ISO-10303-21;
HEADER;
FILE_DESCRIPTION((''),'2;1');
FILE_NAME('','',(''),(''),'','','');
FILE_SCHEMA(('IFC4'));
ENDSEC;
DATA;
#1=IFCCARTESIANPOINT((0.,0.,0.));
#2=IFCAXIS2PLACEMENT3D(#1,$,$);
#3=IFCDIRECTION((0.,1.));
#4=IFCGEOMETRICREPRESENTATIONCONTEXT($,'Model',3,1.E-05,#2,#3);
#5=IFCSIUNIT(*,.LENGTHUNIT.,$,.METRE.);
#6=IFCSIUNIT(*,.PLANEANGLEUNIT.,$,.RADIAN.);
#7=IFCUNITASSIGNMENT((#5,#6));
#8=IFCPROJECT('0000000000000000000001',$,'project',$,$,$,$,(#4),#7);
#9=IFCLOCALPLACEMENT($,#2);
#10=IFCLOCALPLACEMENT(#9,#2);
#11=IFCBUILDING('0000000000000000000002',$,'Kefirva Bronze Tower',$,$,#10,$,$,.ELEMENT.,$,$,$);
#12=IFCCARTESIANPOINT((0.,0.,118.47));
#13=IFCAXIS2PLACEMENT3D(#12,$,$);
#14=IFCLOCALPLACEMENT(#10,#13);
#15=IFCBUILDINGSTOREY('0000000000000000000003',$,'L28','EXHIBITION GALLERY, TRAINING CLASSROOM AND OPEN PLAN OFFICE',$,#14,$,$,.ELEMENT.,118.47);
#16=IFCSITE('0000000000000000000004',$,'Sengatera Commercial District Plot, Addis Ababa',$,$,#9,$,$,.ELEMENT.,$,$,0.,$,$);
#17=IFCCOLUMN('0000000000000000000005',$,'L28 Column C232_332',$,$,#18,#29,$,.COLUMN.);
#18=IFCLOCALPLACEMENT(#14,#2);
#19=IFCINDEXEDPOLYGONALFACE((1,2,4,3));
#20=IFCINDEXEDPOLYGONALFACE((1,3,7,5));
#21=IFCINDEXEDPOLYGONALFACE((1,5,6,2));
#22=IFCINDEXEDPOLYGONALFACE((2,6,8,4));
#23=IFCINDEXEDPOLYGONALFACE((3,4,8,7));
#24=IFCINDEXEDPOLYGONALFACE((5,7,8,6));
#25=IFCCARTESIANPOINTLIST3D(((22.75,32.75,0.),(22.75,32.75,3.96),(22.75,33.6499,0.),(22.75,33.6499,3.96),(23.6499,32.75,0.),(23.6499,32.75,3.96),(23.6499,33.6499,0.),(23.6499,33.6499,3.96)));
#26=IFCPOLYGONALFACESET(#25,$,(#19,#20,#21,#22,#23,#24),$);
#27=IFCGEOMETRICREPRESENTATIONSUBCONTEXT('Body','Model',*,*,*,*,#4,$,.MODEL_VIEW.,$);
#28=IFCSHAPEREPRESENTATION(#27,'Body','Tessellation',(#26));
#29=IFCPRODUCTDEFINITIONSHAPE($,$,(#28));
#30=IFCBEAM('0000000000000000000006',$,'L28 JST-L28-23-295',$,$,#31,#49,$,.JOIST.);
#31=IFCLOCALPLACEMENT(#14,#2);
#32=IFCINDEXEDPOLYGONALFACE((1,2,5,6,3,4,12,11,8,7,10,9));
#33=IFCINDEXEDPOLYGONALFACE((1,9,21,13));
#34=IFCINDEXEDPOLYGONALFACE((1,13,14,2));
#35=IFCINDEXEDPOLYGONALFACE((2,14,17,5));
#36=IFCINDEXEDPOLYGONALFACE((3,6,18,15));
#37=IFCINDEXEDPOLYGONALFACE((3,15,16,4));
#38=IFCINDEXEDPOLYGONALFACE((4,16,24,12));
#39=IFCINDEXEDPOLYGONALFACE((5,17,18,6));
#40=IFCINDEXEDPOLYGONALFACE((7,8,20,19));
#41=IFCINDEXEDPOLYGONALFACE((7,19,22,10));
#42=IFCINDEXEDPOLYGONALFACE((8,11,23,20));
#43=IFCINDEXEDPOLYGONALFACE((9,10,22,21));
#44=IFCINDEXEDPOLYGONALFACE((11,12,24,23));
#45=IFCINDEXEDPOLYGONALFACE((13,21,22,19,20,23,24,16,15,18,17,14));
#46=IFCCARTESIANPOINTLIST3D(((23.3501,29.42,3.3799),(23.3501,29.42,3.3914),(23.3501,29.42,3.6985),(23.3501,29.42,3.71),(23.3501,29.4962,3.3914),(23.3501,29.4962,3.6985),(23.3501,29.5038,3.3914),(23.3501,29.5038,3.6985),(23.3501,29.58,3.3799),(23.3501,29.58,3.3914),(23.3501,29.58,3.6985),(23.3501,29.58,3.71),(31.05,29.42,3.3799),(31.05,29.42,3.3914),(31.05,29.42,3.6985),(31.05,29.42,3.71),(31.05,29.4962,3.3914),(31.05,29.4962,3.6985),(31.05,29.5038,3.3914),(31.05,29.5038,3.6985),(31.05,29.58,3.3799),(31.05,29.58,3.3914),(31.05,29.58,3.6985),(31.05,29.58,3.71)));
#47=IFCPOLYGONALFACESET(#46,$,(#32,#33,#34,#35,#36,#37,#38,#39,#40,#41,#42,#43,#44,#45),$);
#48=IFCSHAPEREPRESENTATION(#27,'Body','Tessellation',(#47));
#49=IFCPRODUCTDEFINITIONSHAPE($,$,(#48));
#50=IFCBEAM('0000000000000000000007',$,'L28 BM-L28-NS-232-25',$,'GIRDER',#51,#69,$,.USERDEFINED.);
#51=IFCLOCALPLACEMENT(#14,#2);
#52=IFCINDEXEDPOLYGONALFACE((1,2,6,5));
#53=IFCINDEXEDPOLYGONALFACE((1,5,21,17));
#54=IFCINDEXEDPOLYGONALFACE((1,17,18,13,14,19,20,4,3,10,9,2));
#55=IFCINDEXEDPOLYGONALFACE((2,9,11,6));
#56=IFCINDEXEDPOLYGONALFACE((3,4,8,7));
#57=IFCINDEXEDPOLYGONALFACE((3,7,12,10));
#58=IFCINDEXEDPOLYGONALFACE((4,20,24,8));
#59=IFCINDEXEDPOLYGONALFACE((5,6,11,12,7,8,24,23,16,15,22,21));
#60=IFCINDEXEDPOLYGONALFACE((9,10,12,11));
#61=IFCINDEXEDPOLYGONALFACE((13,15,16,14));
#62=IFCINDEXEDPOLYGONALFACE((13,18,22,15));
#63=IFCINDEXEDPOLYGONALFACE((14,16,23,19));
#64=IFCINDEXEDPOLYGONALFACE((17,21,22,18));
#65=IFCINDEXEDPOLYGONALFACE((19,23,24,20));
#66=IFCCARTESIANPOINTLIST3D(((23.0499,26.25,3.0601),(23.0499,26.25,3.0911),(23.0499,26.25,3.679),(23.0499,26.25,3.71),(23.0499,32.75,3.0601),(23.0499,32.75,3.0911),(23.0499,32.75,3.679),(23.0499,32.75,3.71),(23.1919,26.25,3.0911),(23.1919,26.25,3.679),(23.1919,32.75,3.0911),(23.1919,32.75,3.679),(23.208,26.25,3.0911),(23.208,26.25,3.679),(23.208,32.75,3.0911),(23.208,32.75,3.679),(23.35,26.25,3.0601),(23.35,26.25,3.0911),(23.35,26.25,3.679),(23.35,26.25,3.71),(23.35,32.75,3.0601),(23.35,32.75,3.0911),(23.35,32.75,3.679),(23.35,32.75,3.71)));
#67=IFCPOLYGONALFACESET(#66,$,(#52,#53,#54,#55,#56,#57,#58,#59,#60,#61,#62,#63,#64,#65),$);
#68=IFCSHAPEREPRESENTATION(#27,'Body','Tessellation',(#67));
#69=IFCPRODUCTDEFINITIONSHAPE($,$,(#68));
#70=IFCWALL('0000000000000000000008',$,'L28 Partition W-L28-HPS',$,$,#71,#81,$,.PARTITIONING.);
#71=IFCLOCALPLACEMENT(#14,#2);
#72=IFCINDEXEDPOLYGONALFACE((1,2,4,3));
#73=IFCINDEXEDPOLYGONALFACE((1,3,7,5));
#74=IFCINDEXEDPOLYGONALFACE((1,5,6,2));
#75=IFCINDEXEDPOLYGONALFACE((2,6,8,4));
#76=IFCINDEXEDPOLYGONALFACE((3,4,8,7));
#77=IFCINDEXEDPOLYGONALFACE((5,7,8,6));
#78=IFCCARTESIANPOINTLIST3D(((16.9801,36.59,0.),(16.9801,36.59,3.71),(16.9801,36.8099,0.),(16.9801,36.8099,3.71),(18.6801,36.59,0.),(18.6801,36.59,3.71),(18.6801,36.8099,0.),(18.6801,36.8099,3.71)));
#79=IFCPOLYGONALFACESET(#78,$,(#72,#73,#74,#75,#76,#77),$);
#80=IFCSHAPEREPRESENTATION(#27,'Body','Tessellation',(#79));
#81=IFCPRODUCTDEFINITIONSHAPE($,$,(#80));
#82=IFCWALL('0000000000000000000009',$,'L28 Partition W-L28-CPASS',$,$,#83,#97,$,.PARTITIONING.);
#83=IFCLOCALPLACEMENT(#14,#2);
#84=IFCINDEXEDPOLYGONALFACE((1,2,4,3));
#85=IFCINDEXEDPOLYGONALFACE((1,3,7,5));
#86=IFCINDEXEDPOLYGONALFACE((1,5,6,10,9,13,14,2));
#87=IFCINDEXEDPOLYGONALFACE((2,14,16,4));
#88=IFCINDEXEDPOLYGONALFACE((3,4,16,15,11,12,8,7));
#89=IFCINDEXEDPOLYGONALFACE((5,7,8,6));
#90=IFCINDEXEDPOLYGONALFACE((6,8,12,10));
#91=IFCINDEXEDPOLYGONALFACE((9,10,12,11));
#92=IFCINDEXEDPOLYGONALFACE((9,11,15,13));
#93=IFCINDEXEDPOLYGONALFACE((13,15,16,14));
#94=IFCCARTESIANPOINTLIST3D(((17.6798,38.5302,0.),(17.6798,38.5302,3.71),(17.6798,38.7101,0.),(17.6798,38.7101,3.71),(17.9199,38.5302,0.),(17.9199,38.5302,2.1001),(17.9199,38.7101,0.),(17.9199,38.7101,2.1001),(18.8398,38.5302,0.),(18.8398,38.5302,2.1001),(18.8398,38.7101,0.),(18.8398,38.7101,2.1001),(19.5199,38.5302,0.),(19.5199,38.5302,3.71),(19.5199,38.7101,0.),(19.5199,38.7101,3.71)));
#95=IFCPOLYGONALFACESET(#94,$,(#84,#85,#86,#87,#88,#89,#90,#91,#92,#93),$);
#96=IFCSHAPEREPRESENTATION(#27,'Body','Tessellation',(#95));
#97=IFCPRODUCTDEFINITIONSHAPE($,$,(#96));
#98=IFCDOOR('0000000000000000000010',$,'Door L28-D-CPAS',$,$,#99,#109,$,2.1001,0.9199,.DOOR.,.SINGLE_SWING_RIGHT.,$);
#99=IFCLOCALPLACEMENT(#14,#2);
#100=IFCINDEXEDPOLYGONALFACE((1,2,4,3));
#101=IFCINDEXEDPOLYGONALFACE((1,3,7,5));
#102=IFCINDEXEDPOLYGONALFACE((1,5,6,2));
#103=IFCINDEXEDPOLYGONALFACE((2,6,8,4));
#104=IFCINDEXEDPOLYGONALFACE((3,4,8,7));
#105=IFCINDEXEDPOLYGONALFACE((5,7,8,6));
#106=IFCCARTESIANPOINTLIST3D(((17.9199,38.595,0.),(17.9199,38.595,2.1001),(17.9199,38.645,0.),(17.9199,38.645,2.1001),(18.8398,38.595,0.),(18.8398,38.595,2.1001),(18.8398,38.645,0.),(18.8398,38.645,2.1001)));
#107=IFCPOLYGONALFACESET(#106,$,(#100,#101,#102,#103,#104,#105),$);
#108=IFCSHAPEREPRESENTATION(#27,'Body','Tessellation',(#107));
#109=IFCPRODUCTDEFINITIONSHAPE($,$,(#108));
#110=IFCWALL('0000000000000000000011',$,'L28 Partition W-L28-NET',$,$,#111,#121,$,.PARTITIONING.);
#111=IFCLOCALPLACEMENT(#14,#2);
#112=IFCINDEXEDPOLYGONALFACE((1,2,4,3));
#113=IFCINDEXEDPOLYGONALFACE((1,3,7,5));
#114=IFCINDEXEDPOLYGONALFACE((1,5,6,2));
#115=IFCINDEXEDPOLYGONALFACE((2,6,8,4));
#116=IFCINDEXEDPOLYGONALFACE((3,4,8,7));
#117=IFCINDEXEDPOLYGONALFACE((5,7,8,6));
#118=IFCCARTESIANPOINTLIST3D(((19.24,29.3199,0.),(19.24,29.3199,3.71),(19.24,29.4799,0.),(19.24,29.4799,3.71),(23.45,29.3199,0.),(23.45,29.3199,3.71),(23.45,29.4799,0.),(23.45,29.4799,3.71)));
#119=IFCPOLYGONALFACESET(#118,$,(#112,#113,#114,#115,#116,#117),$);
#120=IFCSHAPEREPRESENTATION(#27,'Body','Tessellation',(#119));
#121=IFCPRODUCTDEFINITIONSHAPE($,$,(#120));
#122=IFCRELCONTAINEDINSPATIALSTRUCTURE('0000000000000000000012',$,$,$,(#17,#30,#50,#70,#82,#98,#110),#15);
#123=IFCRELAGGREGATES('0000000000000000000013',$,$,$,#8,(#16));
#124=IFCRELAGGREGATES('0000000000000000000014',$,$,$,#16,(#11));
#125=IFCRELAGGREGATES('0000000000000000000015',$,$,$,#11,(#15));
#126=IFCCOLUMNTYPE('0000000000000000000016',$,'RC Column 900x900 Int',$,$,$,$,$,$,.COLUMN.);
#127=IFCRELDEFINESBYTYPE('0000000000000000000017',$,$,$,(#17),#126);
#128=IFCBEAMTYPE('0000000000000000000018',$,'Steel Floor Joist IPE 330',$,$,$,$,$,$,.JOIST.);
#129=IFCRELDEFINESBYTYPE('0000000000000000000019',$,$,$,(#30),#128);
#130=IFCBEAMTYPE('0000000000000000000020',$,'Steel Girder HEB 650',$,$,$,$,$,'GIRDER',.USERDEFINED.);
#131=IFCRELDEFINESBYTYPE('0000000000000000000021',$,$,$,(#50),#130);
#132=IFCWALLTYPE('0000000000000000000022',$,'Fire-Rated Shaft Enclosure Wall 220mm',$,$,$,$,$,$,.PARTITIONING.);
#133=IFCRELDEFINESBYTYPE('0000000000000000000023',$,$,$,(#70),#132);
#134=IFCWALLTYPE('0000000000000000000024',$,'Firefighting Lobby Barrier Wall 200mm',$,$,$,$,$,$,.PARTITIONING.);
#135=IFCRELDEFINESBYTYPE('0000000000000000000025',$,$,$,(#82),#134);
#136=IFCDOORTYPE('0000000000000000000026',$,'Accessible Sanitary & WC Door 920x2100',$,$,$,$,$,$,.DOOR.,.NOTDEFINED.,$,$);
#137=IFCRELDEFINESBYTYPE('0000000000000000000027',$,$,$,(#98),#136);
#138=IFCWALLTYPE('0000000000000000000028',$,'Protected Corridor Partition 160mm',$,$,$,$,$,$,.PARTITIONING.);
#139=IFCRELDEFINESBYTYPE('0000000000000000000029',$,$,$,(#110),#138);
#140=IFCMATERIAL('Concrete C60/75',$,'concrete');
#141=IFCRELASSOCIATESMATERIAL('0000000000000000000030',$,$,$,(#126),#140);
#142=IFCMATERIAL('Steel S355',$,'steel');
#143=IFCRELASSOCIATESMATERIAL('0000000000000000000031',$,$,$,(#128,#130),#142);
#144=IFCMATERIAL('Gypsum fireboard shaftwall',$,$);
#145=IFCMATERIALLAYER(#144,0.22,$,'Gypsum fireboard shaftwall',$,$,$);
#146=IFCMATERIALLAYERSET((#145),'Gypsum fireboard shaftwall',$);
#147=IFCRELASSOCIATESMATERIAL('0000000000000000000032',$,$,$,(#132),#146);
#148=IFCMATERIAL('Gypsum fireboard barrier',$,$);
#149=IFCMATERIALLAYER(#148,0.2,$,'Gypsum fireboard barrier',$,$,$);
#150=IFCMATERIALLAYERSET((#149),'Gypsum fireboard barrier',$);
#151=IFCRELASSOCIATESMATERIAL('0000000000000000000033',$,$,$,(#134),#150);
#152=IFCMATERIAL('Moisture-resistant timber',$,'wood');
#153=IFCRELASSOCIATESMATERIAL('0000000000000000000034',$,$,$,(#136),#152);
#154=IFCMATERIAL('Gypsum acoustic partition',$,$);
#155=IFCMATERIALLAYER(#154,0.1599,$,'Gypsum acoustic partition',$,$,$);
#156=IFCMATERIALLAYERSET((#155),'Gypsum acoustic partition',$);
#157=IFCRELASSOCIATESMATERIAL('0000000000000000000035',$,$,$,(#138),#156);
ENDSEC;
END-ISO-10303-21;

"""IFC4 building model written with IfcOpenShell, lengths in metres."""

from ifc_helpers import new_model, si_unit, direction, frame, frame_2d, origin, origin_2d, place, context, subcontext, project, spatial, rectangle, i_section, extrude, material, layer, layer_set, material_profile, profile_set, type_object, element, fill, save


model = new_model("IFC4")

# Units and contexts
model_context = context("Model", 3, precision=1e-05, world=origin(), true_north=direction((0.0, 1.0)))
body_context = subcontext(model_context, "Body", "Model", "MODEL_VIEW")
ifc_project = project(units=[si_unit("LENGTHUNIT", "METRE"), si_unit("PLANEANGLEUNIT", "RADIAN")], contexts=[model_context])

# Site, building, storey
site_placement = place(None, origin())
site = spatial("IfcSite", under=ifc_project, at=site_placement, Name="Sengatera Commercial District Plot, Addis Ababa", CompositionType="ELEMENT", RefElevation=0.0)
building_placement = place(site_placement, origin())
building = spatial("IfcBuilding", under=site, at=building_placement, Name="Kefirva Bronze Tower", CompositionType="ELEMENT")
storey_placement = place(building_placement, frame((0.0, 0.0, 118.47)))
storey = spatial("IfcBuildingStorey", under=building, at=storey_placement, Name="L28", Description="EXHIBITION GALLERY, TRAINING CLASSROOM AND OPEN PLAN OFFICE", CompositionType="ELEMENT", Elevation=118.47)

# Column
ifc_material_1 = material(Name="Concrete C60/75", Category="concrete")
ifc_material_profile_1 = material_profile(ifc_material_1, rectangle(XDim=0.8999, YDim=0.8999, at=origin_2d()), Name="RC 900x900")
ifc_profile_set_1 = profile_set([ifc_material_profile_1], Name="Concrete C60/75")
column_type = type_object("IfcColumnType", Name="RC Column 900x900 Int", PredefinedType="COLUMN", material=ifc_profile_set_1)
column_placement = place(storey_placement, frame((23.2, 33.2, 0.0), z_axis=(0.0, 0.0, 1.0), x_axis=(1.0, 0.0, 0.0)))
element("IfcColumn", 1, at=column_placement, inside=storey, type_object=column_type, Name="L28 Column C232_332", PredefinedType="COLUMN", context=body_context, shape_type="SweptSolid", body=[
    extrude(rectangle(XDim=0.8999, YDim=0.8999, at=origin_2d()), origin(), (0.0, 0.0, 1.0), 3.96),
])

# Beams
ifc_material_2 = material(Name="Steel S355", Category="steel")
ifc_material_profile_2 = material_profile(ifc_material_2, i_section(OverallWidth=0.1599, OverallDepth=0.3301, WebThickness=0.0076, FlangeThickness=0.0115, at=origin_2d()), Name="IPE 330")
ifc_profile_set_2 = profile_set([ifc_material_profile_2], Name="Steel S355")
beam_type_1 = type_object("IfcBeamType", Name="Steel Floor Joist IPE 330", PredefinedType="JOIST", material=ifc_profile_set_2)
beam_1_placement = place(storey_placement, frame((23.3501, 29.5, 3.5449), z_axis=(1.0, 0.0, 0.0), x_axis=(0.0, 1.0, 0.0)))
element("IfcBeam", 2, at=beam_1_placement, inside=storey, type_object=beam_type_1, Name="L28 JST-L28-23-295", PredefinedType="JOIST", context=body_context, shape_type="SweptSolid", body=[
    extrude(i_section(OverallWidth=0.1599, OverallDepth=0.3301, WebThickness=0.0076, FlangeThickness=0.0115, at=origin_2d()), origin(), (0.0, 0.0, 1.0), 7.7),
])
ifc_material_profile_3 = material_profile(ifc_material_2, i_section(OverallWidth=0.3, OverallDepth=0.6499, WebThickness=0.0161, FlangeThickness=0.031, at=origin_2d()), Name="HEB 650")
ifc_profile_set_3 = profile_set([ifc_material_profile_3], Name="Steel S355")
beam_type_2 = type_object("IfcBeamType", Name="Steel Girder HEB 650", ElementType="GIRDER", PredefinedType="USERDEFINED", material=ifc_profile_set_3)
beam_2_placement = place(storey_placement, frame((23.2, 26.25, 3.385), z_axis=(0.0, 1.0, 0.0), x_axis=(-1.0, 0.0, 0.0)))
element("IfcBeam", 3, at=beam_2_placement, inside=storey, type_object=beam_type_2, Name="L28 BM-L28-NS-232-25", ObjectType="GIRDER", PredefinedType="USERDEFINED", context=body_context, shape_type="SweptSolid", body=[
    extrude(i_section(OverallWidth=0.3, OverallDepth=0.6499, WebThickness=0.0161, FlangeThickness=0.031, at=origin_2d()), origin(), (0.0, 0.0, 1.0), 6.5),
])

# Shared definitions
ifc_material_3 = material(Name="Gypsum fireboard shaftwall")
ifc_layer_1 = layer(ifc_material_3, 0.22, Name="Gypsum fireboard shaftwall")
ifc_layer_set_1 = layer_set([ifc_layer_1], Name="Gypsum fireboard shaftwall")
wall_type_1 = type_object("IfcWallType", Name="Fire-Rated Shaft Enclosure Wall 220mm", PredefinedType="PARTITIONING", material=ifc_layer_set_1)

# Wall
wall_1_placement = place(storey_placement, frame((16.98, 36.7, 0.0), z_axis=(0.0, 0.0, 1.0), x_axis=(1.0, 0.0, 0.0)))
element("IfcWall", 4, at=wall_1_placement, inside=storey, type_object=wall_type_1, Name="L28 Partition W-L28-HPS", PredefinedType="PARTITIONING", context=body_context, shape_type="SweptSolid", body=[
    extrude(rectangle(XDim=1.7, YDim=0.22, at=frame_2d((0.8501, 0.0))), origin(), (0.0, 0.0, 1.0), 3.71),
])

# Wall, opening, door
ifc_material_4 = material(Name="Gypsum fireboard barrier")
ifc_layer_2 = layer(ifc_material_4, 0.2, Name="Gypsum fireboard barrier")
ifc_layer_set_2 = layer_set([ifc_layer_2], Name="Gypsum fireboard barrier")
wall_type_2 = type_object("IfcWallType", Name="Firefighting Lobby Barrier Wall 200mm", PredefinedType="PARTITIONING", material=ifc_layer_set_2)
wall_2_placement = place(storey_placement, frame((17.6799, 38.6201, 0.0), z_axis=(0.0, 0.0, 1.0), x_axis=(1.0, 0.0, 0.0)))
wall_2 = element("IfcWall", 5, at=wall_2_placement, inside=storey, type_object=wall_type_2, Name="L28 Partition W-L28-CPASS", PredefinedType="PARTITIONING", context=body_context, shape_type="SweptSolid", body=[
    extrude(rectangle(XDim=1.8401, YDim=0.1799, at=frame_2d((0.9199, 0.0))), origin(), (0.0, 0.0, 1.0), 3.71),
])
opening_1_placement = place(wall_2_placement, frame((0.24, 0.0, 0.0)))
opening_1 = element("IfcOpeningElement", 6, at=opening_1_placement, cuts=wall_2, PredefinedType="OPENING", context=body_context, shape_type="SweptSolid", body=[
    extrude(rectangle(XDim=0.9199, YDim=2.1001, at=frame_2d((0.46, 1.05))), frame((0.0, 0.1001, 0.0), z_axis=(0.0, -1.0, 0.0), x_axis=(1.0, 0.0, 0.0)), (0.0, 0.0, 1.0), 0.2),
])
ifc_material_5 = material(Name="Moisture-resistant timber", Category="wood")
door_type_1 = type_object("IfcDoorType", Name="Accessible Sanitary & WC Door 920x2100", OperationType="NOTDEFINED", PredefinedType="DOOR", material=ifc_material_5)
door_1_placement = place(opening_1_placement, origin())
door_1 = element("IfcDoor", 7, at=door_1_placement, inside=storey, type_object=door_type_1, Name="Door L28-D-CPAS", OperationType="SINGLE_SWING_RIGHT", OverallHeight=2.1001, OverallWidth=0.9199, PredefinedType="DOOR", context=body_context, shape_type="SweptSolid", body=[
    extrude(rectangle(XDim=0.9199, YDim=2.1001, at=frame_2d((0.46, 1.05))), frame((0.0, 0.0249, 0.0), z_axis=(0.0, -1.0, 0.0), x_axis=(1.0, 0.0, 0.0)), (0.0, 0.0, 1.0), 0.05),
])
fill(opening_1, door_1)

# Wall
ifc_material_6 = material(Name="Gypsum acoustic partition")
ifc_layer_3 = layer(ifc_material_6, 0.1599, Name="Gypsum acoustic partition")
ifc_layer_set_3 = layer_set([ifc_layer_3], Name="Gypsum acoustic partition")
wall_type_3 = type_object("IfcWallType", Name="Protected Corridor Partition 160mm", PredefinedType="PARTITIONING", material=ifc_layer_set_3)
wall_3_placement = place(storey_placement, frame((19.24, 29.3999, 0.0), z_axis=(0.0, 0.0, 1.0), x_axis=(1.0, 0.0, 0.0)))
element("IfcWall", 8, at=wall_3_placement, inside=storey, type_object=wall_type_3, Name="L28 Partition W-L28-NET", PredefinedType="PARTITIONING", context=body_context, shape_type="SweptSolid", body=[
    extrude(rectangle(XDim=4.21, YDim=0.1599, at=frame_2d((2.105, 0.0))), origin(), (0.0, 0.0, 1.0), 3.71),
])

save(model, "model.ifc")
